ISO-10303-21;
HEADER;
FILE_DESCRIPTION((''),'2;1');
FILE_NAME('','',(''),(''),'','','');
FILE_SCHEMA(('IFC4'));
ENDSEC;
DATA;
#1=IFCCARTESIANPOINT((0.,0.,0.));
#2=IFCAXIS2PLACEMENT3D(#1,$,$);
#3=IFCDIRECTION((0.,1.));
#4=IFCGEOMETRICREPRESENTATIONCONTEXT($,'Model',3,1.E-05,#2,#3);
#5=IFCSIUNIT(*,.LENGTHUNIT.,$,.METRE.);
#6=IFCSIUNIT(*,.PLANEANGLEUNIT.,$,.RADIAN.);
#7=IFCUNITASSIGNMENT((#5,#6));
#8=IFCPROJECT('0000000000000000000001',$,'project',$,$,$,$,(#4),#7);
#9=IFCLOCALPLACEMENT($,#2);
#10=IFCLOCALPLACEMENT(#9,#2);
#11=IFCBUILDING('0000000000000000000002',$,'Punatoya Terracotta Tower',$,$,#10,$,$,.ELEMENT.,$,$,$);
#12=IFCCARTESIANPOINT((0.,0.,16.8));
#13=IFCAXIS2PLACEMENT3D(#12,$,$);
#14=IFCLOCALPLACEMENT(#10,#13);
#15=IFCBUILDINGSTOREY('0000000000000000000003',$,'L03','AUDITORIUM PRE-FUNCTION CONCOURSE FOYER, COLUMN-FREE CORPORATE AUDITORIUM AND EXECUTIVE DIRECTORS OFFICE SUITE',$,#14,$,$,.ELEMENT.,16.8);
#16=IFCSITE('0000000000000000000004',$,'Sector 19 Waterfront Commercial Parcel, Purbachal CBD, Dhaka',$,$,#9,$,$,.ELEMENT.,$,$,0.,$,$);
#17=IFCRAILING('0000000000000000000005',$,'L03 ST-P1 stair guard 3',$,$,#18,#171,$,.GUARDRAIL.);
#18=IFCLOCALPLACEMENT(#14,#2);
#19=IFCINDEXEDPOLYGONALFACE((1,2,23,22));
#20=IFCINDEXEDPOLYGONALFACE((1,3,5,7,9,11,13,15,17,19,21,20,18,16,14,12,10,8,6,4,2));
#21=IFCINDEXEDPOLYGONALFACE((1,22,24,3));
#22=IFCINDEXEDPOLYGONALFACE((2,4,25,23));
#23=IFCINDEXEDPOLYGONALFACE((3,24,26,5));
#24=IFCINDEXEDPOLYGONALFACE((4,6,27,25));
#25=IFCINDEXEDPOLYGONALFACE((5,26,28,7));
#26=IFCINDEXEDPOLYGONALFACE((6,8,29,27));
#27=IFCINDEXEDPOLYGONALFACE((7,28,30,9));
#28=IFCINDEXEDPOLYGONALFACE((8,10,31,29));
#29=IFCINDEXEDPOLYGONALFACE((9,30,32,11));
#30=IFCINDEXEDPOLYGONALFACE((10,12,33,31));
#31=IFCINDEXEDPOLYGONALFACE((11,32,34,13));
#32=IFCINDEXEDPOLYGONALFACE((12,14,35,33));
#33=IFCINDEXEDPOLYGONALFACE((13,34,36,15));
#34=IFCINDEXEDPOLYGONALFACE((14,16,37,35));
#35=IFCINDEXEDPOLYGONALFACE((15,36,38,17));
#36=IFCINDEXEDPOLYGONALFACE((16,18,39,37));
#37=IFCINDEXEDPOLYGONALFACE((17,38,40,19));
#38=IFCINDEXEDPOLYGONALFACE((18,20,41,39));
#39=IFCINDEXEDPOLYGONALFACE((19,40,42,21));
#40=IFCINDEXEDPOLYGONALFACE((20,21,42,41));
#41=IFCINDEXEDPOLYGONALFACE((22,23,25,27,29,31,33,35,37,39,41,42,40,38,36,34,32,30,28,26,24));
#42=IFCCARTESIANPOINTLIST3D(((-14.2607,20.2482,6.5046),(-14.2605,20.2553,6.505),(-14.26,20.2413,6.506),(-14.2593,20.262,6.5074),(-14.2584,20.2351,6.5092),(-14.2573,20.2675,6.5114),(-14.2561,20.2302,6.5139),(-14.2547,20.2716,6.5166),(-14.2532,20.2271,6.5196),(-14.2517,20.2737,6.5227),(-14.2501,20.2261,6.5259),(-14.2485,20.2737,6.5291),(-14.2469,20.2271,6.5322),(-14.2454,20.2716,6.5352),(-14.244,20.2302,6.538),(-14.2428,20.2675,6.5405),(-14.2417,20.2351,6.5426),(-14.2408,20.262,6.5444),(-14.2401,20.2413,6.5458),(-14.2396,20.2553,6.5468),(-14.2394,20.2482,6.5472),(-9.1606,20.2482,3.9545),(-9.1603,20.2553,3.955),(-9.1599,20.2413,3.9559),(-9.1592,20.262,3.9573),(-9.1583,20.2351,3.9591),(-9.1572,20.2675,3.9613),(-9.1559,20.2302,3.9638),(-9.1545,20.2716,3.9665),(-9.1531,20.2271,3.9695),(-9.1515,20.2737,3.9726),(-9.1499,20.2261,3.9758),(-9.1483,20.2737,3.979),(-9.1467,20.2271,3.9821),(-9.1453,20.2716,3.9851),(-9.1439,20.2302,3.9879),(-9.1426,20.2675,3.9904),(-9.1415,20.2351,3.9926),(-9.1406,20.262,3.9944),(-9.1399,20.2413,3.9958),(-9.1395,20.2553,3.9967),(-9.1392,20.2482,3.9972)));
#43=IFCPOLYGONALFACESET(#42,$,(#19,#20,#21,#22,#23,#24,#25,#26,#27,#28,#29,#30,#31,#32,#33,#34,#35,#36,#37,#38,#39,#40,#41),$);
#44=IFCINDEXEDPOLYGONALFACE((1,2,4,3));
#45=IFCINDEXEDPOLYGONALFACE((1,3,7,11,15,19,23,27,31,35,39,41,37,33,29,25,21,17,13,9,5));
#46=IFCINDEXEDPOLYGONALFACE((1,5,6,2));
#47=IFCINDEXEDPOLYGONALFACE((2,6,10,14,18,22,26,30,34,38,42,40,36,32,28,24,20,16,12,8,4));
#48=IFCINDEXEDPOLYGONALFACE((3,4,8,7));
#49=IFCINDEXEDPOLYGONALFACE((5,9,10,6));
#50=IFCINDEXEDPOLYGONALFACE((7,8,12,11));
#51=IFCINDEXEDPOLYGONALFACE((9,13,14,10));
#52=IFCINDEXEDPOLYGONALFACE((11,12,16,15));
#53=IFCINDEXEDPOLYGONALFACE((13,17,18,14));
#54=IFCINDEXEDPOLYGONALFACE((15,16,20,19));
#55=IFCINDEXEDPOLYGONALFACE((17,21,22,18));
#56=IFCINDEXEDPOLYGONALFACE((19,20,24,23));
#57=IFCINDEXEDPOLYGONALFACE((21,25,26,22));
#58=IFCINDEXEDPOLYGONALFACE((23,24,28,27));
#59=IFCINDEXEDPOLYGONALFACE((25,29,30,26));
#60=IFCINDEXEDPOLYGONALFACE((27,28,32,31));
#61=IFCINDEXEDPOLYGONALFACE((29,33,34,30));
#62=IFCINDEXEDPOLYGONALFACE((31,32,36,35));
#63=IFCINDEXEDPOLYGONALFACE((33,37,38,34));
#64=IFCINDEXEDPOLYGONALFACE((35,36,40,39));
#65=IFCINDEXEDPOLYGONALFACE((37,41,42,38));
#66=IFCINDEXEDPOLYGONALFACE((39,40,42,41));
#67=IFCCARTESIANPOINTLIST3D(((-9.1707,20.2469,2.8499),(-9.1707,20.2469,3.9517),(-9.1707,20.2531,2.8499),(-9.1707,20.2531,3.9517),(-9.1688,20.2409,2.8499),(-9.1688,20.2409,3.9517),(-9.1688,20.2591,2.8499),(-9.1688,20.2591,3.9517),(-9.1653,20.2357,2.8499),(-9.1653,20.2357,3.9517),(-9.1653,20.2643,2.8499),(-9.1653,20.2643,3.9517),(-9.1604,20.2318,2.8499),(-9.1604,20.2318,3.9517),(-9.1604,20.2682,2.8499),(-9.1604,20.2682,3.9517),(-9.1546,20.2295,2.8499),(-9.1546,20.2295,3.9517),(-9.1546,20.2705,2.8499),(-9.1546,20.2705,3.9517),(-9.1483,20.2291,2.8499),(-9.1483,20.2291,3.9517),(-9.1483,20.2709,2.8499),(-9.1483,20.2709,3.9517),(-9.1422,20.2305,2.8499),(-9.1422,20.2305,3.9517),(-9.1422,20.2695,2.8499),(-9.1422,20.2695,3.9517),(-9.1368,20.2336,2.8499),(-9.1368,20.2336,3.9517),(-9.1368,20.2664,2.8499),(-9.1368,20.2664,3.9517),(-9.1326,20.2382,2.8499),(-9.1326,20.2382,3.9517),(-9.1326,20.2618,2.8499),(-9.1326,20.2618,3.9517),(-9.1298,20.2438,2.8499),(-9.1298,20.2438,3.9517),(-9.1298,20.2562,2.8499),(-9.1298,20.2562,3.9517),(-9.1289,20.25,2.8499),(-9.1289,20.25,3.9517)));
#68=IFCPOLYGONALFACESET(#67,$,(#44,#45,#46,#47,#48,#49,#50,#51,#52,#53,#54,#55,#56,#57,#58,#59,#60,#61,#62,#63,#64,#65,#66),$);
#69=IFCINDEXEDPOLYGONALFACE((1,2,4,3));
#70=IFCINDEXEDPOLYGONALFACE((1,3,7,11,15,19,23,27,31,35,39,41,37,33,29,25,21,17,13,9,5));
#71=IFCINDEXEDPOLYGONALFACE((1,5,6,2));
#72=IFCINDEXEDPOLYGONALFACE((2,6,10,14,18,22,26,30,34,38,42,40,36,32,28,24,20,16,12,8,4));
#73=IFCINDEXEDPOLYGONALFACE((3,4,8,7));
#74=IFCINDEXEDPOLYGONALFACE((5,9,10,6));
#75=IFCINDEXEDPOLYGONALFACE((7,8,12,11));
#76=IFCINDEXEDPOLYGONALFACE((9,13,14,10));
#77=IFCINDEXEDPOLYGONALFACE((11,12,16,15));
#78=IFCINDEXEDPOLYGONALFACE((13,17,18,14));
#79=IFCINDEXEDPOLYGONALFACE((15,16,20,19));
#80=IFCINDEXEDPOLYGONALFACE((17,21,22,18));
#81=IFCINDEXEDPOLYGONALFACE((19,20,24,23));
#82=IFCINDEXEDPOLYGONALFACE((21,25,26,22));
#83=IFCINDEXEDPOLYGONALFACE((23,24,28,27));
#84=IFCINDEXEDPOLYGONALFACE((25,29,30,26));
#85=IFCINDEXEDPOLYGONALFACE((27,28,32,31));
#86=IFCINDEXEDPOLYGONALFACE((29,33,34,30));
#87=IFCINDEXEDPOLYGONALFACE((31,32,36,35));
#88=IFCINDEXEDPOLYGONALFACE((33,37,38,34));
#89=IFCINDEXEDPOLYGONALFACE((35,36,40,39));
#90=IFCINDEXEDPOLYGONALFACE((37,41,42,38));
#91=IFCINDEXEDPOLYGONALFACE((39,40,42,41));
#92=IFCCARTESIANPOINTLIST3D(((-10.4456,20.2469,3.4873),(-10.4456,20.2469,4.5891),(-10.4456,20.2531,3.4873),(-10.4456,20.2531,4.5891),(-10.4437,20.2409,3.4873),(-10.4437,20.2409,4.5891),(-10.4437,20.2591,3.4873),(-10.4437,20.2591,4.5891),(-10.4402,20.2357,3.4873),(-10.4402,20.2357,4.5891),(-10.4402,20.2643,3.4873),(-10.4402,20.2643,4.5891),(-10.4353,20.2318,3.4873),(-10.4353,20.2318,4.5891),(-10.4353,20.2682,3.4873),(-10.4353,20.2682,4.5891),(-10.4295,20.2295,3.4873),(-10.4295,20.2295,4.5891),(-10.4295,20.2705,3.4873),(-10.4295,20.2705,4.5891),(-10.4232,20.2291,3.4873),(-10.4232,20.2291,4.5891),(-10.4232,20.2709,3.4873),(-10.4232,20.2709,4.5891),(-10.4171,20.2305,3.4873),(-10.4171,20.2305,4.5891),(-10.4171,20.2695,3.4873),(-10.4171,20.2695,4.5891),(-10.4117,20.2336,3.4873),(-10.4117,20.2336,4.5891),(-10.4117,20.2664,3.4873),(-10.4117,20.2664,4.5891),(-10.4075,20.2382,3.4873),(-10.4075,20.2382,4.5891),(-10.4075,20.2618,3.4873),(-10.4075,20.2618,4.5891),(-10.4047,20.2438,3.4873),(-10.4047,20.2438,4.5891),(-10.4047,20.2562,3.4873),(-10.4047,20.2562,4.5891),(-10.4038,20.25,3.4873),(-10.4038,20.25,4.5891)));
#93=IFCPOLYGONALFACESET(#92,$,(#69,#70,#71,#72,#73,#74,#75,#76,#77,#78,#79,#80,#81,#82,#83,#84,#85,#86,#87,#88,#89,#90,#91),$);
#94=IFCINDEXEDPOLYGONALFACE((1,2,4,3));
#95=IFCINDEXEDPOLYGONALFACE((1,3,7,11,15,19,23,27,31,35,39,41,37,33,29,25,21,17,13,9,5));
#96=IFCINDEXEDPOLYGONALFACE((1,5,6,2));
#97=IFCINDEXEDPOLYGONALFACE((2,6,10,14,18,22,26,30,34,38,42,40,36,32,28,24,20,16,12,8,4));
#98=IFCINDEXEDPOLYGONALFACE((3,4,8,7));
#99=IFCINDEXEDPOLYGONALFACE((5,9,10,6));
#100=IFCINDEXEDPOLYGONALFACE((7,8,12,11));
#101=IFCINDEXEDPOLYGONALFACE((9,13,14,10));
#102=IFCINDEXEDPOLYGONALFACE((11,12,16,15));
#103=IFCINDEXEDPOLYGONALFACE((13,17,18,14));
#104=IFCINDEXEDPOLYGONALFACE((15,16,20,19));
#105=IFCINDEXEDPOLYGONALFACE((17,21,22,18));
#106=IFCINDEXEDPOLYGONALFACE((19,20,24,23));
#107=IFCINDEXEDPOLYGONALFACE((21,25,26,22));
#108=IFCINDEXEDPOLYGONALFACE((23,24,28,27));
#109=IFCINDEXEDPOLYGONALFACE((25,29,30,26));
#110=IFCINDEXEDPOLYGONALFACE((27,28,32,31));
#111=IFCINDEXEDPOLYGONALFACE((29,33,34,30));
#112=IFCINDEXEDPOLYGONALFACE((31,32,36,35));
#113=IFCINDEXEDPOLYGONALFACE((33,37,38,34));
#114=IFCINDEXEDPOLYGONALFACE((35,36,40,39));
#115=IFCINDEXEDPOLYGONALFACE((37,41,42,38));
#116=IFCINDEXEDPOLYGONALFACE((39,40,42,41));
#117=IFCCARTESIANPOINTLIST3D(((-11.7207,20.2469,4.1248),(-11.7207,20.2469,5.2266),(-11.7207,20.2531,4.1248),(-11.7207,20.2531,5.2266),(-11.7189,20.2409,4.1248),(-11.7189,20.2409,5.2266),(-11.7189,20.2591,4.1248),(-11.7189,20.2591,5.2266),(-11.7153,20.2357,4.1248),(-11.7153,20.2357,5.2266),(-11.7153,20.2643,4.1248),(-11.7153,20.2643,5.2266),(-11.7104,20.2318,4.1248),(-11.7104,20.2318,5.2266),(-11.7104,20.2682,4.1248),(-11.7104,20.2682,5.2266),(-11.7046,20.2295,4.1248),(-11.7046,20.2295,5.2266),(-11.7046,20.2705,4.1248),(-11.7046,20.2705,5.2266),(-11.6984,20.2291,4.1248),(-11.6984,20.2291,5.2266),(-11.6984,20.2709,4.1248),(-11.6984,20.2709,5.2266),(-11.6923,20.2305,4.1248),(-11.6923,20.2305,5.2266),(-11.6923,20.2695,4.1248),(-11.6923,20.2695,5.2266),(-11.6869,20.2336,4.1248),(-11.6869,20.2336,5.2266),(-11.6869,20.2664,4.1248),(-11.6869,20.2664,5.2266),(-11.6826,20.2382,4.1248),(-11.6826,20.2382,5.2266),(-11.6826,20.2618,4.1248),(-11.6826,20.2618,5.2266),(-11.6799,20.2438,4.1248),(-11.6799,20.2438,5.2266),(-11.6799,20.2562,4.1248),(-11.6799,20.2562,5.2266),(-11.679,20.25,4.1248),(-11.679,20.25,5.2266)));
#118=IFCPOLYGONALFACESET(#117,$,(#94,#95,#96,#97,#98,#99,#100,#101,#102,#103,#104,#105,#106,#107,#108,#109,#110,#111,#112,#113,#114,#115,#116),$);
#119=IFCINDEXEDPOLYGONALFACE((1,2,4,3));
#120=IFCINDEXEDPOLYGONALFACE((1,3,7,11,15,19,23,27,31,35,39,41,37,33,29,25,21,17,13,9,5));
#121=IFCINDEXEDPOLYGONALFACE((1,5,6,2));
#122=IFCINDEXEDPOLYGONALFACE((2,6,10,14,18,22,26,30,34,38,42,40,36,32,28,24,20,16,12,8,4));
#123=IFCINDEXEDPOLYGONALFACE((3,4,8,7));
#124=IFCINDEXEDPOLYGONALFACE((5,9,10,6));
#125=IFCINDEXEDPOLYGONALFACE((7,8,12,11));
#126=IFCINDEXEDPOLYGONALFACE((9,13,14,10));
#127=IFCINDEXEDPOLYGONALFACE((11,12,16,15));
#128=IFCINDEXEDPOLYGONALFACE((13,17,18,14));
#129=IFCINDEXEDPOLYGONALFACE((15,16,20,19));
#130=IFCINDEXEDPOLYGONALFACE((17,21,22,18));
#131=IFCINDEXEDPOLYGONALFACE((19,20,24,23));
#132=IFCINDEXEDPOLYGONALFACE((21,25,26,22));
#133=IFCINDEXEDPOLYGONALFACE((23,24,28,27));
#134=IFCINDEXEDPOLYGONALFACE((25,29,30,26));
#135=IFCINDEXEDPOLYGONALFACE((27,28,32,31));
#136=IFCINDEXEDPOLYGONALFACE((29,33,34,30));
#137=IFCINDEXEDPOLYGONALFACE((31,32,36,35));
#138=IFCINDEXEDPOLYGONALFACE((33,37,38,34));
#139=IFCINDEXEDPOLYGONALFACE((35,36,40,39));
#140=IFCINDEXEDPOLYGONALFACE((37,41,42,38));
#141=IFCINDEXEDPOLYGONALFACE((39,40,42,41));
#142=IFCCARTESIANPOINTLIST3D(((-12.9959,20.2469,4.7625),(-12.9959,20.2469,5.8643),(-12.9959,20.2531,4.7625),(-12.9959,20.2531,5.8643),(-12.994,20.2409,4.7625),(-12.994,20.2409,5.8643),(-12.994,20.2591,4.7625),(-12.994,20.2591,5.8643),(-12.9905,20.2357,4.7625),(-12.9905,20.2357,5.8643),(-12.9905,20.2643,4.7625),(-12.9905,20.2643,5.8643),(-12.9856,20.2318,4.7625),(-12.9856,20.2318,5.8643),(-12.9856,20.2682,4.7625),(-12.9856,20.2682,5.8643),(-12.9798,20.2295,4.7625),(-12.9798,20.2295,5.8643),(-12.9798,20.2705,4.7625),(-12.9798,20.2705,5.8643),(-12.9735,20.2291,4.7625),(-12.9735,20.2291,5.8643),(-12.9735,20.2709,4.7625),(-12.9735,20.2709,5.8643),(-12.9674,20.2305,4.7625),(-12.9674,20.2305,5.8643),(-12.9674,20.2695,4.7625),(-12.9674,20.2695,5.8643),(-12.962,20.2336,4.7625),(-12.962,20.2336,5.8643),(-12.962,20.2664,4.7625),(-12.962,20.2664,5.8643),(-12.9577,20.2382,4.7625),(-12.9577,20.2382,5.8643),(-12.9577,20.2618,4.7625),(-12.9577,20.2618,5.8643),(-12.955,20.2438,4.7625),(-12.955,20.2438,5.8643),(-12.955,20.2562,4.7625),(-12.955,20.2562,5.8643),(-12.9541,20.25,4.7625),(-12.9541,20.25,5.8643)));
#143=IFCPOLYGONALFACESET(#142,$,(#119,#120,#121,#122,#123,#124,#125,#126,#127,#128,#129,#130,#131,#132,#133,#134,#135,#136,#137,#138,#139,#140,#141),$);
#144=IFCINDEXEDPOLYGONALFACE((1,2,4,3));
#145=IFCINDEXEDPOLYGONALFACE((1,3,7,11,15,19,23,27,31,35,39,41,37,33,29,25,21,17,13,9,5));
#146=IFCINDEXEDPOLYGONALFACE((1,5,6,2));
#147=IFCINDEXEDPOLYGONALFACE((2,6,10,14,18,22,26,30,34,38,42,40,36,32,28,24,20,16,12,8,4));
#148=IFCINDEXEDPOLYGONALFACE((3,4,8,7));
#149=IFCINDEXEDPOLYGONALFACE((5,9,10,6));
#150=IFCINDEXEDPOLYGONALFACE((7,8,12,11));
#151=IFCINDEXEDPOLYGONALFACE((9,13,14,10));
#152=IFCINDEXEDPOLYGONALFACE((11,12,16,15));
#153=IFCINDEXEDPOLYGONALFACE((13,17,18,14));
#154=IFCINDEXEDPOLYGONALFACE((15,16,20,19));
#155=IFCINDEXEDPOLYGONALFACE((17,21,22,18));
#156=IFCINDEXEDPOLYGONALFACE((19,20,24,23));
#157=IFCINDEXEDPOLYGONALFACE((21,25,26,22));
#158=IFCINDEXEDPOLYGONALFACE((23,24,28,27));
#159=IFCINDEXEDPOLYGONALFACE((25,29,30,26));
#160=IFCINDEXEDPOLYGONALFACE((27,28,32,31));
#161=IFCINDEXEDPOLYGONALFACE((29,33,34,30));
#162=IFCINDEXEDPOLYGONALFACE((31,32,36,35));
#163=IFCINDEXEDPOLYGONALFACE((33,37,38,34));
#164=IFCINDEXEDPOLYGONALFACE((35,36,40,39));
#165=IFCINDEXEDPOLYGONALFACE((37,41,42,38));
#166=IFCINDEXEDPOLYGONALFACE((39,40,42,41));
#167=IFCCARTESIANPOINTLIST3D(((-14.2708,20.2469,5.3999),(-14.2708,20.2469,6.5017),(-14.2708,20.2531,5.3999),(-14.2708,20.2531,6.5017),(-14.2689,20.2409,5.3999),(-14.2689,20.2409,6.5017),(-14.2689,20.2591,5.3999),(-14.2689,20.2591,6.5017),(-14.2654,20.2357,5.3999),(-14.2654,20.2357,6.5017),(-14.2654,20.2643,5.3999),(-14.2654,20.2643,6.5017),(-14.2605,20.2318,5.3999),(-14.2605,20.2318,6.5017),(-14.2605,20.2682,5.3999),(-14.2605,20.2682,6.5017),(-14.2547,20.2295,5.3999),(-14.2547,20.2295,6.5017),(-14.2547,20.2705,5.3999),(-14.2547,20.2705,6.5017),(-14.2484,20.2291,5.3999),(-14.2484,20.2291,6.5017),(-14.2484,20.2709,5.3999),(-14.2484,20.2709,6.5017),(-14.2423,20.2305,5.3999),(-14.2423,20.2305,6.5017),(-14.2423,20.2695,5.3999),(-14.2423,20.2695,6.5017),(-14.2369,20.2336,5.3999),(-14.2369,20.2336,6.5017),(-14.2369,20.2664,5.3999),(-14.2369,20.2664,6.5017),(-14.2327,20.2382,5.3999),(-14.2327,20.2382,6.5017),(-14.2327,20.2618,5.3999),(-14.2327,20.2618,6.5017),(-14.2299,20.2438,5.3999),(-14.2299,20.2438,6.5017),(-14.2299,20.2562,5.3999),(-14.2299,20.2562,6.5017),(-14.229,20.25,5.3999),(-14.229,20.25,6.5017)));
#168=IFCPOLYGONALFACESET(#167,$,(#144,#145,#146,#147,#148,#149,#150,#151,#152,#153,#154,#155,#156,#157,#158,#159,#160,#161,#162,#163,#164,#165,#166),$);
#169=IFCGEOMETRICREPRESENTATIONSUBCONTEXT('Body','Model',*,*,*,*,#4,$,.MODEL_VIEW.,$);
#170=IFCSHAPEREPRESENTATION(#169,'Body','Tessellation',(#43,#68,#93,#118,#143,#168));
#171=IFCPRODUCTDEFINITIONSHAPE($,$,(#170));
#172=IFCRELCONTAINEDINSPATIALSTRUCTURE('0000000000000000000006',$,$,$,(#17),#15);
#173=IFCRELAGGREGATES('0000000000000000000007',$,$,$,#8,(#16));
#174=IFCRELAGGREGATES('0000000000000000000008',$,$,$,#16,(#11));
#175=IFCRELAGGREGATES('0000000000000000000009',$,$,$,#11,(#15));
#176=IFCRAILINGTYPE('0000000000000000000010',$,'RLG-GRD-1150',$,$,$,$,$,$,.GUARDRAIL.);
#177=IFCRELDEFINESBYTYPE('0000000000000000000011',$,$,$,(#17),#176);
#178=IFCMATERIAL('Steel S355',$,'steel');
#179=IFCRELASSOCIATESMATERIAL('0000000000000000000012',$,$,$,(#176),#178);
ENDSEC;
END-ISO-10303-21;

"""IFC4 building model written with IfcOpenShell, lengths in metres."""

from ifc_helpers import new_model, si_unit, direction, frame, origin, origin_2d, place, context, subcontext, project, spatial, circle, extrude, material, type_object, element, save


model = new_model("IFC4")

# Units and contexts
model_context = context("Model", 3, precision=1e-05, world=origin(), true_north=direction((0.0, 1.0)))
body_context = subcontext(model_context, "Body", "Model", "MODEL_VIEW")
ifc_project = project(units=[si_unit("LENGTHUNIT", "METRE"), si_unit("PLANEANGLEUNIT", "RADIAN")], contexts=[model_context])

# Site, building, storey
site_placement = place(None, origin())
site = spatial("IfcSite", under=ifc_project, at=site_placement, Name="Sector 19 Waterfront Commercial Parcel, Purbachal CBD, Dhaka", CompositionType="ELEMENT", RefElevation=0.0)
building_placement = place(site_placement, origin())
building = spatial("IfcBuilding", under=site, at=building_placement, Name="Punatoya Terracotta Tower", CompositionType="ELEMENT")
storey_placement = place(building_placement, frame((0.0, 0.0, 16.8)))
storey = spatial("IfcBuildingStorey", under=building, at=storey_placement, Name="L03", Description="AUDITORIUM PRE-FUNCTION CONCOURSE FOYER, COLUMN-FREE CORPORATE AUDITORIUM AND EXECUTIVE DIRECTORS OFFICE SUITE", CompositionType="ELEMENT", Elevation=16.8)

# Shared definitions
ifc_material_1 = material(Name="Steel S355", Category="steel")

# Railing
railing_type_1 = type_object("IfcRailingType", Name="RLG-GRD-1150", PredefinedType="GUARDRAIL", material=ifc_material_1)
railing_1_placement = place(storey_placement, frame((-9.1499, 20.25, 2.8499)))
element("IfcRailing", 1, at=railing_1_placement, inside=storey, type_object=railing_type_1, Name="L03 ST-P1 stair guard 3", PredefinedType="GUARDRAIL", context=body_context, shape_type="SweptSolid", body=[
    extrude(circle(Radius=0.0239, at=origin_2d()), frame((0.0, 0.0, 1.126), z_axis=(-0.894427, 0.0, 0.447214), x_axis=(0.0, -1.0, 0.0)), (0.0, 0.0, 1.0), 5.7021),
    extrude(circle(Radius=0.021, at=origin_2d()), origin(), (0.0, 0.0, 1.0), 1.1018),
    extrude(circle(Radius=0.021, at=origin_2d()), frame((-1.2749, 0.0, 0.6375)), (0.0, 0.0, 1.0), 1.1018),
    extrude(circle(Radius=0.021, at=origin_2d()), frame((-2.55, 0.0, 1.2749)), (0.0, 0.0, 1.0), 1.1018),
    extrude(circle(Radius=0.021, at=origin_2d()), frame((-3.8252, 0.0, 1.9126)), (0.0, 0.0, 1.0), 1.1018),
    extrude(circle(Radius=0.021, at=origin_2d()), frame((-5.1001, 0.0, 2.55)), (0.0, 0.0, 1.0), 1.1018),
])

save(model, "model.ifc")
